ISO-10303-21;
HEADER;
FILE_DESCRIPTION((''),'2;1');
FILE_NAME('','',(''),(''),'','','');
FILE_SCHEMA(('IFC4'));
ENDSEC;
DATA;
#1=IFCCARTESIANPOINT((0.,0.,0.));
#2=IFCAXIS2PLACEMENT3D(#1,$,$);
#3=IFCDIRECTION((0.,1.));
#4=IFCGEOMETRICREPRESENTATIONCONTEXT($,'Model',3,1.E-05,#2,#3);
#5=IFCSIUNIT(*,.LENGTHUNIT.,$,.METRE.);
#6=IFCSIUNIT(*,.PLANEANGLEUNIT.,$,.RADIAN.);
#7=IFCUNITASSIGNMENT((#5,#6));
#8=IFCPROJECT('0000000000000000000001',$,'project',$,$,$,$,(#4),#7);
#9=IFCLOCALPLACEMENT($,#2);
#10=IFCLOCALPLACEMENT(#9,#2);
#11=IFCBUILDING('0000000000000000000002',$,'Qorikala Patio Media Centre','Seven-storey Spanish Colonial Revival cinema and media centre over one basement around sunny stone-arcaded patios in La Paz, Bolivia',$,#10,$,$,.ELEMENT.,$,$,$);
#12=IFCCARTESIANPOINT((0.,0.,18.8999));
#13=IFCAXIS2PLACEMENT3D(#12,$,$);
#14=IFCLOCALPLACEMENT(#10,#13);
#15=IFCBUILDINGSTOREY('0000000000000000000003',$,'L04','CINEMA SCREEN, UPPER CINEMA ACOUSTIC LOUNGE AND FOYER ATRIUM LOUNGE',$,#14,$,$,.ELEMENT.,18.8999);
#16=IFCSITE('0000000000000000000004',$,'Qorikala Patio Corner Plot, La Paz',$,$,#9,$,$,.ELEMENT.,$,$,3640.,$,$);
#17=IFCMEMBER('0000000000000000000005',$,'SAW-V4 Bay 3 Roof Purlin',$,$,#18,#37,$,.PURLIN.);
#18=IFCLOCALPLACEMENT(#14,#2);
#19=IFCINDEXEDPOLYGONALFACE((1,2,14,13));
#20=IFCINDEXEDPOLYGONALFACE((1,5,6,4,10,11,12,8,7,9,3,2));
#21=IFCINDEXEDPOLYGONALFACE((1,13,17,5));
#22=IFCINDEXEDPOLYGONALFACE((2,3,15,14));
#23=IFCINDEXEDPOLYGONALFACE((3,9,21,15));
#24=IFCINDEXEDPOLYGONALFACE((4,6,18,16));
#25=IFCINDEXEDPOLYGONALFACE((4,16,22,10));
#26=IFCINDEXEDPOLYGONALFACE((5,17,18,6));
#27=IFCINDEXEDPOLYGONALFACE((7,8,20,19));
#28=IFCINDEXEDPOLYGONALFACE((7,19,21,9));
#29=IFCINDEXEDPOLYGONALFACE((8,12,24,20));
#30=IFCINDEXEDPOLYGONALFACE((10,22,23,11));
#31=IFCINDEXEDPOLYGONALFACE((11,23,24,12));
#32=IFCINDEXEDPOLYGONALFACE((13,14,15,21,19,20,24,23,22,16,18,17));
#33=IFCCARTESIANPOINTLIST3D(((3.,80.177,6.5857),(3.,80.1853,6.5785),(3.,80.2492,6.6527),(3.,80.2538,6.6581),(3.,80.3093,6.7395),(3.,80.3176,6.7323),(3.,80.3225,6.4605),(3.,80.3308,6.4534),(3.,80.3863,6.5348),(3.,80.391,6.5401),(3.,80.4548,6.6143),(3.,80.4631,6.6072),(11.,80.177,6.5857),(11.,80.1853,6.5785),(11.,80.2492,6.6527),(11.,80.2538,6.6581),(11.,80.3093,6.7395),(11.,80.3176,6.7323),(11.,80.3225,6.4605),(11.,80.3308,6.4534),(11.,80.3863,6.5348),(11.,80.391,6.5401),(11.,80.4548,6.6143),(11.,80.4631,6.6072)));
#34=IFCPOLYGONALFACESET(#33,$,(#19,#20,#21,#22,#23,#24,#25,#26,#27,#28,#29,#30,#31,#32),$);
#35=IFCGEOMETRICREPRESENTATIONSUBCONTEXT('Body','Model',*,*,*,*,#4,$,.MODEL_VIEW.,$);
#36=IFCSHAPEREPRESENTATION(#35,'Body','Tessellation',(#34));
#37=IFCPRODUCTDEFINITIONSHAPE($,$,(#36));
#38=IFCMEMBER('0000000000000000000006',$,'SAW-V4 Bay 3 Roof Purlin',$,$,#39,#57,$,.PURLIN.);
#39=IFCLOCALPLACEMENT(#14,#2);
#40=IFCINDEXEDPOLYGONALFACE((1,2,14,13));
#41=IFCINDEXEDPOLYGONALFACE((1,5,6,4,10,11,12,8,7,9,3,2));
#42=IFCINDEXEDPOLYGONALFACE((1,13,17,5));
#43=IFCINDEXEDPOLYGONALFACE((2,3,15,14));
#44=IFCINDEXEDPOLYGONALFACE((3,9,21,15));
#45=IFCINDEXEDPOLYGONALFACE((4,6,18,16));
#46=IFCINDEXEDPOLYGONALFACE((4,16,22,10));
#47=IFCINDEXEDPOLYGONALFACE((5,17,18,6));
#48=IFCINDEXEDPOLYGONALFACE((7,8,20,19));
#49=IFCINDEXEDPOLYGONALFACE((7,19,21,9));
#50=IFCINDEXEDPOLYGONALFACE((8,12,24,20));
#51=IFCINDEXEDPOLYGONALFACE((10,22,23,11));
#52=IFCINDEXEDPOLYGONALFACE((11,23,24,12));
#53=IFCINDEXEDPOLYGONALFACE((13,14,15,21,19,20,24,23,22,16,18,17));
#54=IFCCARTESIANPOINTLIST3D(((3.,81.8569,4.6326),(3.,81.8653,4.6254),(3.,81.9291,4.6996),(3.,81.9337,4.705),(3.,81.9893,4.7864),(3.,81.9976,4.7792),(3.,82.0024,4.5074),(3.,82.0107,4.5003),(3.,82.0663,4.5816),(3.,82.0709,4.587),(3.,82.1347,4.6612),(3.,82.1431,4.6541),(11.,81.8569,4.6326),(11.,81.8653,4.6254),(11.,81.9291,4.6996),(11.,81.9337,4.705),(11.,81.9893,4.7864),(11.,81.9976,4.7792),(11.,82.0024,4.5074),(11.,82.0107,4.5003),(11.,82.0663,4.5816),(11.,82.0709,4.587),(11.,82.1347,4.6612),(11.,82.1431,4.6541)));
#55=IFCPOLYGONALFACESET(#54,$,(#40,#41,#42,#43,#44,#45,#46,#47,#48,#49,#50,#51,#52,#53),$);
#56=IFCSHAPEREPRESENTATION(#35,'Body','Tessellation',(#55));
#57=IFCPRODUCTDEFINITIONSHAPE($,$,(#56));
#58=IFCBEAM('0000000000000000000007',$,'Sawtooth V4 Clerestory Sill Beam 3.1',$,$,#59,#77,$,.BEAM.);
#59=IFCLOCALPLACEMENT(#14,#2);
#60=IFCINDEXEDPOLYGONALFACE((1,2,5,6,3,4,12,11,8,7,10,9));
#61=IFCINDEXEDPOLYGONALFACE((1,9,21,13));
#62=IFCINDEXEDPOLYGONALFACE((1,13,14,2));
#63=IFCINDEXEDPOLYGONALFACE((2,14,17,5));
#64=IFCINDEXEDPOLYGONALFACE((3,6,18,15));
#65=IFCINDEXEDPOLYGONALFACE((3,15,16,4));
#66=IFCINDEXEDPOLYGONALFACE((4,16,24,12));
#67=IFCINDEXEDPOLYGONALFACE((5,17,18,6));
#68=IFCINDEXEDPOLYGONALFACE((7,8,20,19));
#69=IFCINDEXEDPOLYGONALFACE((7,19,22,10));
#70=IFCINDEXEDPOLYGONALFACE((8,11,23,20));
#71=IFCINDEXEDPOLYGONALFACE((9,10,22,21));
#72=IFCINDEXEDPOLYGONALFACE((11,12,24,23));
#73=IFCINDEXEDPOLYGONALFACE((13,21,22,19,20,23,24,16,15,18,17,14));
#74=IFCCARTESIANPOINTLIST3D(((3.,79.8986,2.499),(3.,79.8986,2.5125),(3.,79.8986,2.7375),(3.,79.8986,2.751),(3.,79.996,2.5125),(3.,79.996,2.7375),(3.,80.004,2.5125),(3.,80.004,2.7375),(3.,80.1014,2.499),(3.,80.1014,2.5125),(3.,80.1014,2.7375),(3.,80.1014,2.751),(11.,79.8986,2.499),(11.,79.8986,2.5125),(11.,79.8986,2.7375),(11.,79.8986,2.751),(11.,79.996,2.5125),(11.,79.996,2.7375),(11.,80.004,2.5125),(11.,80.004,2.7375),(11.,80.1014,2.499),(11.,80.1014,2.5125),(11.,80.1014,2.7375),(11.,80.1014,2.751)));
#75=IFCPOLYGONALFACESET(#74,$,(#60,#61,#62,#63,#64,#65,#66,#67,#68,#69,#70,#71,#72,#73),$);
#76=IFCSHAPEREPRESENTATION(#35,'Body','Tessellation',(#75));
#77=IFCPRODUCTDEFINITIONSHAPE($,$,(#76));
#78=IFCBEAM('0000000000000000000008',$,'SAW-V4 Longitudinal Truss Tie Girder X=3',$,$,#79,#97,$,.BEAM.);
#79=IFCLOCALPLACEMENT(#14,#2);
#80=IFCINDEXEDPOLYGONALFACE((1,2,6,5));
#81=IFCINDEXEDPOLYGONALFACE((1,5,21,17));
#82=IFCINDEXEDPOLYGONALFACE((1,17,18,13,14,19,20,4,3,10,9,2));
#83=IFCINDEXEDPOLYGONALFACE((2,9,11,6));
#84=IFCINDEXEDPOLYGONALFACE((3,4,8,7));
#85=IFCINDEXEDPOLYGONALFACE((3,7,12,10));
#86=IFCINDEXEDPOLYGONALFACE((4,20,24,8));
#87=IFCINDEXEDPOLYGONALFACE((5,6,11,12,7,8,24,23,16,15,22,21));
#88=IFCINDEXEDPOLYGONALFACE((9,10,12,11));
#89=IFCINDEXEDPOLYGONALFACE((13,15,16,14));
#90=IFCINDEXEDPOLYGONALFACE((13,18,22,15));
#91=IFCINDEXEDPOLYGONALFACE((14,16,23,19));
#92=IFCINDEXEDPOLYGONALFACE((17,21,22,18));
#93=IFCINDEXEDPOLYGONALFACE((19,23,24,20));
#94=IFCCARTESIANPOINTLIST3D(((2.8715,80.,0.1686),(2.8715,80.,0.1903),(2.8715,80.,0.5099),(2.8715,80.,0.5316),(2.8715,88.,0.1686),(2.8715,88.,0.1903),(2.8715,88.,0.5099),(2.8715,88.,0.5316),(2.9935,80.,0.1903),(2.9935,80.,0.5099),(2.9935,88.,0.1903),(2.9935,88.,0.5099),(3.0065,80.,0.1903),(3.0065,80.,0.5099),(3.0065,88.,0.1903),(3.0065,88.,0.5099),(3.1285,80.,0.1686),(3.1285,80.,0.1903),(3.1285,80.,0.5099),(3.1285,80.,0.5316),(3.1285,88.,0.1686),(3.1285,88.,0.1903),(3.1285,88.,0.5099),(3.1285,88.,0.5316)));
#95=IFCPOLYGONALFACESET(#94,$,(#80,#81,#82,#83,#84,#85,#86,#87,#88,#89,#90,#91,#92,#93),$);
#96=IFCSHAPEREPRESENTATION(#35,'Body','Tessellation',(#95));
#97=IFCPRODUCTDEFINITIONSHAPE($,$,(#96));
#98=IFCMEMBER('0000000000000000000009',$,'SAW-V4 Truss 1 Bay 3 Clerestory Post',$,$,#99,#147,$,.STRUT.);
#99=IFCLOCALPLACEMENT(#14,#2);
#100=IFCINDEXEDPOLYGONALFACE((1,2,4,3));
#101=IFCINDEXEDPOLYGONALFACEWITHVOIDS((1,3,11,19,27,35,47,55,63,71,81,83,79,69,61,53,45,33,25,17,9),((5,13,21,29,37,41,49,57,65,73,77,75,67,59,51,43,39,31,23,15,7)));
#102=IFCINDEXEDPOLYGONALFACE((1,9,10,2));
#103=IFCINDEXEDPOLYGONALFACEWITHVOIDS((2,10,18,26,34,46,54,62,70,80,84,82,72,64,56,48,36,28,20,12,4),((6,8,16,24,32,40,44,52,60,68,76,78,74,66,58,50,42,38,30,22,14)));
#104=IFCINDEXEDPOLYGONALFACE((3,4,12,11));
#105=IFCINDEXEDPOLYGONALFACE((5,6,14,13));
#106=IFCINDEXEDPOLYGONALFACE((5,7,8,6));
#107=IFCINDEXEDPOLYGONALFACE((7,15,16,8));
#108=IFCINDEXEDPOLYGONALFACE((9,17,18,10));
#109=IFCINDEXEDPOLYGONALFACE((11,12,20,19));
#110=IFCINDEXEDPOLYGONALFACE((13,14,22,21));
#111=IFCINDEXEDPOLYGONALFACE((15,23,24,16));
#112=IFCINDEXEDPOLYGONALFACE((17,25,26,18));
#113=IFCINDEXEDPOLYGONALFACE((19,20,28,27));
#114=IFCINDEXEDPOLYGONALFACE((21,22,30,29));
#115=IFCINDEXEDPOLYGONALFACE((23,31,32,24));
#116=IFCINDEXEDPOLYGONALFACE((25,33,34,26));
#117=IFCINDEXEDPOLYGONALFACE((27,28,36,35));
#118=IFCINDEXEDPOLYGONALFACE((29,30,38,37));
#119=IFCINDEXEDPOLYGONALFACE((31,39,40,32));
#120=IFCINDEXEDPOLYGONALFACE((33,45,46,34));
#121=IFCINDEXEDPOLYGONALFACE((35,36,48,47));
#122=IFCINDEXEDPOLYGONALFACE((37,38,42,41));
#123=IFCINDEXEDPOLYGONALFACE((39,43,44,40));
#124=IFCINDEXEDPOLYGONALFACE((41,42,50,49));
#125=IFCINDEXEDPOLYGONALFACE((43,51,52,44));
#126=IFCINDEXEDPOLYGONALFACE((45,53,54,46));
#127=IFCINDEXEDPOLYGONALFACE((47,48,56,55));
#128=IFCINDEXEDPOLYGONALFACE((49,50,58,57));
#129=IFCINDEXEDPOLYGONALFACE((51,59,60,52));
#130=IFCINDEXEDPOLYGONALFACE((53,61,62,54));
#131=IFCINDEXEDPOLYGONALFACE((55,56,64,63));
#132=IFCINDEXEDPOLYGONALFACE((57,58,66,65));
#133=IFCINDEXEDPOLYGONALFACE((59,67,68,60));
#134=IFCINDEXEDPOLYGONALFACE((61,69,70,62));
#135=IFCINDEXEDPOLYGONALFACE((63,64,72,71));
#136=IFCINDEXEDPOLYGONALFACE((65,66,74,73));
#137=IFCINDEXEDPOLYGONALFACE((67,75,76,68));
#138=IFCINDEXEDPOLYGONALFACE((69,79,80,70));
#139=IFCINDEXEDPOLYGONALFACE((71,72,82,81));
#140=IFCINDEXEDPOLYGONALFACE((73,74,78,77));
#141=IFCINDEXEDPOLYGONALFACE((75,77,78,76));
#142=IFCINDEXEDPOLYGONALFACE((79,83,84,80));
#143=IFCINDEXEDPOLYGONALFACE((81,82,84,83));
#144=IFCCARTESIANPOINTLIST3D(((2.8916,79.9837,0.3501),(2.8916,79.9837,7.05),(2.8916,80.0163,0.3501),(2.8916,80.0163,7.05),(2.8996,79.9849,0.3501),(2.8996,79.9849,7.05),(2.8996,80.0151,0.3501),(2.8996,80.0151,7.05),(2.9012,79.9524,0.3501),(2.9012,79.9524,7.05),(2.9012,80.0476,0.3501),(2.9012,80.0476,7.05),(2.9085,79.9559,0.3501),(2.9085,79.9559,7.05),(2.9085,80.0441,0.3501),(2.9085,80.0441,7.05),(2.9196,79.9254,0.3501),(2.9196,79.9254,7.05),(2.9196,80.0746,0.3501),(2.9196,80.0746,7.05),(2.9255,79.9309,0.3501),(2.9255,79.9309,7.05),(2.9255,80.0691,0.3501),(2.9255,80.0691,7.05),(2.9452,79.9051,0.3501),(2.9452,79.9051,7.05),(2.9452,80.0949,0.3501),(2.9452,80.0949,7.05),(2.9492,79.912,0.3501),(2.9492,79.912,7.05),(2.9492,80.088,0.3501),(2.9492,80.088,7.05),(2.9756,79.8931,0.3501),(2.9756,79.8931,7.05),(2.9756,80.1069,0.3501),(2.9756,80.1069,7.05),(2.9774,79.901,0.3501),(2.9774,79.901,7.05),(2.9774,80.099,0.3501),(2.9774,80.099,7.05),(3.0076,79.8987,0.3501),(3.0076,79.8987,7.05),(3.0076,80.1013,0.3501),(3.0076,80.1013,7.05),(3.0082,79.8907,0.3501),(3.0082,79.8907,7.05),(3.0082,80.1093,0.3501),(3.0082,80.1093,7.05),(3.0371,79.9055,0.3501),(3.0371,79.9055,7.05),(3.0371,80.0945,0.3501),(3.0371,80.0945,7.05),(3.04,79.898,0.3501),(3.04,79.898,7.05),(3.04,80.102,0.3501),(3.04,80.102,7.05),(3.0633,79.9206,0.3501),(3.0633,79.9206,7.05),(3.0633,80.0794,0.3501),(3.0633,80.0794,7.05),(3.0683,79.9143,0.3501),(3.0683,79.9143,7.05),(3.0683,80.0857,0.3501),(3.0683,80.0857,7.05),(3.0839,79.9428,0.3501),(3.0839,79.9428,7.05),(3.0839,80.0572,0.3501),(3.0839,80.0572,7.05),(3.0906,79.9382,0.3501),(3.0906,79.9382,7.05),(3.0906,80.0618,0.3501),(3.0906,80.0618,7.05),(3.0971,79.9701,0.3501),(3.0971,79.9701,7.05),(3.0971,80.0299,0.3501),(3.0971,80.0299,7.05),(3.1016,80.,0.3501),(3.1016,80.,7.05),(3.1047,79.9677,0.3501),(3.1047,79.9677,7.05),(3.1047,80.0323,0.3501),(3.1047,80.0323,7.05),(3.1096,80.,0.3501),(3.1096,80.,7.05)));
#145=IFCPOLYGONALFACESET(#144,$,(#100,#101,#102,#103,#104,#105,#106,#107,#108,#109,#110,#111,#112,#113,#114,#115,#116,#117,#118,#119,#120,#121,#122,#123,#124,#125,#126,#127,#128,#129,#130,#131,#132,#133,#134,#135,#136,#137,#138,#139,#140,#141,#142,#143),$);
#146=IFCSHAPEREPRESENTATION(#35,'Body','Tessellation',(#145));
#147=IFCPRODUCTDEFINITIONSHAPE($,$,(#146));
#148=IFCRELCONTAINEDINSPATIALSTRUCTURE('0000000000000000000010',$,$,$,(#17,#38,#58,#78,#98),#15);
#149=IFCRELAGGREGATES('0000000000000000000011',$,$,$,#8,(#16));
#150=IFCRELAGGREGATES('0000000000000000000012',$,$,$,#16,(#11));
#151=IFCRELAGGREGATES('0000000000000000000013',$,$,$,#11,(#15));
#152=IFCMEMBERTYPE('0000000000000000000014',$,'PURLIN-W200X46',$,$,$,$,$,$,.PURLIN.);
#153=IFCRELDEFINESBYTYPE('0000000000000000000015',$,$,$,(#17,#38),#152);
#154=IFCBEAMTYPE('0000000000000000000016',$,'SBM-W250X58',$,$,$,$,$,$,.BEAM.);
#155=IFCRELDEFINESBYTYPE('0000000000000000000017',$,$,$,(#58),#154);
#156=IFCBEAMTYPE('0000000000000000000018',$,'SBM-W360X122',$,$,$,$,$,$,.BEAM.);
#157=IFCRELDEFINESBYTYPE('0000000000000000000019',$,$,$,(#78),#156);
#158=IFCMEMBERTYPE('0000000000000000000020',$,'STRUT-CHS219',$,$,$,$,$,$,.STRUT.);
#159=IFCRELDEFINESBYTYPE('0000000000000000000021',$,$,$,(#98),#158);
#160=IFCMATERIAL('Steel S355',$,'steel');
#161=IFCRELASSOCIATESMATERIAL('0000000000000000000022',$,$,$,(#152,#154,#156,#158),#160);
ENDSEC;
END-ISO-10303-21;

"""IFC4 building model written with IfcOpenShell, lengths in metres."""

from ifc_helpers import new_model, si_unit, direction, frame, origin, origin_2d, place, context, subcontext, project, spatial, hollow_circle, i_section, extrude, material, material_profile, profile_set, type_object, element, save


model = new_model("IFC4")

# Units and contexts
model_context = context("Model", 3, precision=1e-05, world=origin(), true_north=direction((0.0, 1.0)))
body_context = subcontext(model_context, "Body", "Model", "MODEL_VIEW")
ifc_project = project(units=[si_unit("LENGTHUNIT", "METRE"), si_unit("PLANEANGLEUNIT", "RADIAN")], contexts=[model_context])

# Site, building, storey
site_placement = place(None, origin())
site = spatial("IfcSite", under=ifc_project, at=site_placement, Name="Qorikala Patio Corner Plot, La Paz", CompositionType="ELEMENT", RefElevation=3640.0)
building_placement = place(site_placement, origin())
building = spatial("IfcBuilding", under=site, at=building_placement, Name="Qorikala Patio Media Centre", Description="Seven-storey Spanish Colonial Revival cinema and media centre over one basement around sunny stone-arcaded patios in La Paz, Bolivia", CompositionType="ELEMENT")
storey_placement = place(building_placement, frame((0.0, 0.0, 18.8999)))
storey = spatial("IfcBuildingStorey", under=building, at=storey_placement, Name="L04", Description="CINEMA SCREEN, UPPER CINEMA ACOUSTIC LOUNGE AND FOYER ATRIUM LOUNGE", CompositionType="ELEMENT", Elevation=18.8999)

# Shared definitions
ifc_material_1 = material(Name="Steel S355", Category="steel")

# Members
ifc_material_profile_1 = material_profile(ifc_material_1, i_section(OverallWidth=0.2029, OverallDepth=0.2029, WebThickness=0.0071, FlangeThickness=0.011, at=origin_2d()), Name="W200X46")
ifc_profile_set_1 = profile_set([ifc_material_profile_1], Name="Steel S355")
member_type_1 = type_object("IfcMemberType", Name="PURLIN-W200X46", PredefinedType="PURLIN", material=ifc_profile_set_1)
for number, where, z_axis, x_axis, name in (
    (1, (3.0, 80.3201, 6.5964), (1.0, 0.0, 0.0), (0.0, 0.652138, 0.7581), "SAW-V4 Bay 3 Roof Purlin"),
    (2, (3.0, 82.0, 4.6433), (1.0, 0.0, 0.0), (0.0, 0.652138, 0.7581), "SAW-V4 Bay 3 Roof Purlin"),
):
    element("IfcMember", number, at=place(storey_placement, frame(where, z_axis=z_axis, x_axis=x_axis)), inside=storey, type_object=member_type_1, Name=name, PredefinedType="PURLIN", context=body_context, shape_type="SweptSolid", body=[
        extrude(i_section(OverallWidth=0.2029, OverallDepth=0.2029, WebThickness=0.0071, FlangeThickness=0.011, at=origin_2d()), origin(), (0.0, 0.0, 1.0), 8.0),
    ])

# Beams
ifc_material_profile_2 = material_profile(ifc_material_1, i_section(OverallWidth=0.2029, OverallDepth=0.252, WebThickness=0.0081, FlangeThickness=0.0134, at=origin_2d()), Name="W250X58")
ifc_profile_set_2 = profile_set([ifc_material_profile_2], Name="Steel S355")
beam_type_1 = type_object("IfcBeamType", Name="SBM-W250X58", PredefinedType="BEAM", material=ifc_profile_set_2)
beam_1_placement = place(storey_placement, frame((3.0, 80.0, 2.625), z_axis=(1.0, 0.0, 0.0), x_axis=(0.0, 1.0, 0.0)))
element("IfcBeam", 3, at=beam_1_placement, inside=storey, type_object=beam_type_1, Name="Sawtooth V4 Clerestory Sill Beam 3.1", PredefinedType="BEAM", context=body_context, shape_type="SweptSolid", body=[
    extrude(i_section(OverallWidth=0.2029, OverallDepth=0.252, WebThickness=0.0081, FlangeThickness=0.0134, at=origin_2d()), origin(), (0.0, 0.0, 1.0), 8.0),
])
ifc_material_profile_3 = material_profile(ifc_material_1, i_section(OverallWidth=0.2571, OverallDepth=0.363, WebThickness=0.0129, FlangeThickness=0.0217, at=origin_2d()), Name="W360X122")
ifc_profile_set_3 = profile_set([ifc_material_profile_3], Name="Steel S355")
beam_type_2 = type_object("IfcBeamType", Name="SBM-W360X122", PredefinedType="BEAM", material=ifc_profile_set_3)
beam_2_placement = place(storey_placement, frame((3.0, 80.0, 0.3501), z_axis=(0.0, 1.0, 0.0), x_axis=(-1.0, 0.0, 0.0)))
element("IfcBeam", 4, at=beam_2_placement, inside=storey, type_object=beam_type_2, Name="SAW-V4 Longitudinal Truss Tie Girder X=3", PredefinedType="BEAM", context=body_context, shape_type="SweptSolid", body=[
    extrude(i_section(OverallWidth=0.2571, OverallDepth=0.363, WebThickness=0.0129, FlangeThickness=0.0217, at=origin_2d()), origin(), (0.0, 0.0, 1.0), 8.0),
])

# Member
ifc_material_profile_4 = material_profile(ifc_material_1, hollow_circle(Radius=0.1096, WallThickness=0.0081, at=origin_2d()), Name="CHS219X8")
ifc_profile_set_4 = profile_set([ifc_material_profile_4], Name="Steel S355")
member_type_2 = type_object("IfcMemberType", Name="STRUT-CHS219", PredefinedType="STRUT", material=ifc_profile_set_4)
member_1_placement = place(storey_placement, frame((3.0, 80.0, 0.3501), z_axis=(0.0, 0.0, 1.0), x_axis=(1.0, 0.0, 0.0)))
element("IfcMember", 5, at=member_1_placement, inside=storey, type_object=member_type_2, Name="SAW-V4 Truss 1 Bay 3 Clerestory Post", PredefinedType="STRUT", context=body_context, shape_type="SweptSolid", body=[
    extrude(hollow_circle(Radius=0.1096, WallThickness=0.0081, at=origin_2d()), origin(), (0.0, 0.0, 1.0), 6.7),
])

save(model, "model.ifc")
